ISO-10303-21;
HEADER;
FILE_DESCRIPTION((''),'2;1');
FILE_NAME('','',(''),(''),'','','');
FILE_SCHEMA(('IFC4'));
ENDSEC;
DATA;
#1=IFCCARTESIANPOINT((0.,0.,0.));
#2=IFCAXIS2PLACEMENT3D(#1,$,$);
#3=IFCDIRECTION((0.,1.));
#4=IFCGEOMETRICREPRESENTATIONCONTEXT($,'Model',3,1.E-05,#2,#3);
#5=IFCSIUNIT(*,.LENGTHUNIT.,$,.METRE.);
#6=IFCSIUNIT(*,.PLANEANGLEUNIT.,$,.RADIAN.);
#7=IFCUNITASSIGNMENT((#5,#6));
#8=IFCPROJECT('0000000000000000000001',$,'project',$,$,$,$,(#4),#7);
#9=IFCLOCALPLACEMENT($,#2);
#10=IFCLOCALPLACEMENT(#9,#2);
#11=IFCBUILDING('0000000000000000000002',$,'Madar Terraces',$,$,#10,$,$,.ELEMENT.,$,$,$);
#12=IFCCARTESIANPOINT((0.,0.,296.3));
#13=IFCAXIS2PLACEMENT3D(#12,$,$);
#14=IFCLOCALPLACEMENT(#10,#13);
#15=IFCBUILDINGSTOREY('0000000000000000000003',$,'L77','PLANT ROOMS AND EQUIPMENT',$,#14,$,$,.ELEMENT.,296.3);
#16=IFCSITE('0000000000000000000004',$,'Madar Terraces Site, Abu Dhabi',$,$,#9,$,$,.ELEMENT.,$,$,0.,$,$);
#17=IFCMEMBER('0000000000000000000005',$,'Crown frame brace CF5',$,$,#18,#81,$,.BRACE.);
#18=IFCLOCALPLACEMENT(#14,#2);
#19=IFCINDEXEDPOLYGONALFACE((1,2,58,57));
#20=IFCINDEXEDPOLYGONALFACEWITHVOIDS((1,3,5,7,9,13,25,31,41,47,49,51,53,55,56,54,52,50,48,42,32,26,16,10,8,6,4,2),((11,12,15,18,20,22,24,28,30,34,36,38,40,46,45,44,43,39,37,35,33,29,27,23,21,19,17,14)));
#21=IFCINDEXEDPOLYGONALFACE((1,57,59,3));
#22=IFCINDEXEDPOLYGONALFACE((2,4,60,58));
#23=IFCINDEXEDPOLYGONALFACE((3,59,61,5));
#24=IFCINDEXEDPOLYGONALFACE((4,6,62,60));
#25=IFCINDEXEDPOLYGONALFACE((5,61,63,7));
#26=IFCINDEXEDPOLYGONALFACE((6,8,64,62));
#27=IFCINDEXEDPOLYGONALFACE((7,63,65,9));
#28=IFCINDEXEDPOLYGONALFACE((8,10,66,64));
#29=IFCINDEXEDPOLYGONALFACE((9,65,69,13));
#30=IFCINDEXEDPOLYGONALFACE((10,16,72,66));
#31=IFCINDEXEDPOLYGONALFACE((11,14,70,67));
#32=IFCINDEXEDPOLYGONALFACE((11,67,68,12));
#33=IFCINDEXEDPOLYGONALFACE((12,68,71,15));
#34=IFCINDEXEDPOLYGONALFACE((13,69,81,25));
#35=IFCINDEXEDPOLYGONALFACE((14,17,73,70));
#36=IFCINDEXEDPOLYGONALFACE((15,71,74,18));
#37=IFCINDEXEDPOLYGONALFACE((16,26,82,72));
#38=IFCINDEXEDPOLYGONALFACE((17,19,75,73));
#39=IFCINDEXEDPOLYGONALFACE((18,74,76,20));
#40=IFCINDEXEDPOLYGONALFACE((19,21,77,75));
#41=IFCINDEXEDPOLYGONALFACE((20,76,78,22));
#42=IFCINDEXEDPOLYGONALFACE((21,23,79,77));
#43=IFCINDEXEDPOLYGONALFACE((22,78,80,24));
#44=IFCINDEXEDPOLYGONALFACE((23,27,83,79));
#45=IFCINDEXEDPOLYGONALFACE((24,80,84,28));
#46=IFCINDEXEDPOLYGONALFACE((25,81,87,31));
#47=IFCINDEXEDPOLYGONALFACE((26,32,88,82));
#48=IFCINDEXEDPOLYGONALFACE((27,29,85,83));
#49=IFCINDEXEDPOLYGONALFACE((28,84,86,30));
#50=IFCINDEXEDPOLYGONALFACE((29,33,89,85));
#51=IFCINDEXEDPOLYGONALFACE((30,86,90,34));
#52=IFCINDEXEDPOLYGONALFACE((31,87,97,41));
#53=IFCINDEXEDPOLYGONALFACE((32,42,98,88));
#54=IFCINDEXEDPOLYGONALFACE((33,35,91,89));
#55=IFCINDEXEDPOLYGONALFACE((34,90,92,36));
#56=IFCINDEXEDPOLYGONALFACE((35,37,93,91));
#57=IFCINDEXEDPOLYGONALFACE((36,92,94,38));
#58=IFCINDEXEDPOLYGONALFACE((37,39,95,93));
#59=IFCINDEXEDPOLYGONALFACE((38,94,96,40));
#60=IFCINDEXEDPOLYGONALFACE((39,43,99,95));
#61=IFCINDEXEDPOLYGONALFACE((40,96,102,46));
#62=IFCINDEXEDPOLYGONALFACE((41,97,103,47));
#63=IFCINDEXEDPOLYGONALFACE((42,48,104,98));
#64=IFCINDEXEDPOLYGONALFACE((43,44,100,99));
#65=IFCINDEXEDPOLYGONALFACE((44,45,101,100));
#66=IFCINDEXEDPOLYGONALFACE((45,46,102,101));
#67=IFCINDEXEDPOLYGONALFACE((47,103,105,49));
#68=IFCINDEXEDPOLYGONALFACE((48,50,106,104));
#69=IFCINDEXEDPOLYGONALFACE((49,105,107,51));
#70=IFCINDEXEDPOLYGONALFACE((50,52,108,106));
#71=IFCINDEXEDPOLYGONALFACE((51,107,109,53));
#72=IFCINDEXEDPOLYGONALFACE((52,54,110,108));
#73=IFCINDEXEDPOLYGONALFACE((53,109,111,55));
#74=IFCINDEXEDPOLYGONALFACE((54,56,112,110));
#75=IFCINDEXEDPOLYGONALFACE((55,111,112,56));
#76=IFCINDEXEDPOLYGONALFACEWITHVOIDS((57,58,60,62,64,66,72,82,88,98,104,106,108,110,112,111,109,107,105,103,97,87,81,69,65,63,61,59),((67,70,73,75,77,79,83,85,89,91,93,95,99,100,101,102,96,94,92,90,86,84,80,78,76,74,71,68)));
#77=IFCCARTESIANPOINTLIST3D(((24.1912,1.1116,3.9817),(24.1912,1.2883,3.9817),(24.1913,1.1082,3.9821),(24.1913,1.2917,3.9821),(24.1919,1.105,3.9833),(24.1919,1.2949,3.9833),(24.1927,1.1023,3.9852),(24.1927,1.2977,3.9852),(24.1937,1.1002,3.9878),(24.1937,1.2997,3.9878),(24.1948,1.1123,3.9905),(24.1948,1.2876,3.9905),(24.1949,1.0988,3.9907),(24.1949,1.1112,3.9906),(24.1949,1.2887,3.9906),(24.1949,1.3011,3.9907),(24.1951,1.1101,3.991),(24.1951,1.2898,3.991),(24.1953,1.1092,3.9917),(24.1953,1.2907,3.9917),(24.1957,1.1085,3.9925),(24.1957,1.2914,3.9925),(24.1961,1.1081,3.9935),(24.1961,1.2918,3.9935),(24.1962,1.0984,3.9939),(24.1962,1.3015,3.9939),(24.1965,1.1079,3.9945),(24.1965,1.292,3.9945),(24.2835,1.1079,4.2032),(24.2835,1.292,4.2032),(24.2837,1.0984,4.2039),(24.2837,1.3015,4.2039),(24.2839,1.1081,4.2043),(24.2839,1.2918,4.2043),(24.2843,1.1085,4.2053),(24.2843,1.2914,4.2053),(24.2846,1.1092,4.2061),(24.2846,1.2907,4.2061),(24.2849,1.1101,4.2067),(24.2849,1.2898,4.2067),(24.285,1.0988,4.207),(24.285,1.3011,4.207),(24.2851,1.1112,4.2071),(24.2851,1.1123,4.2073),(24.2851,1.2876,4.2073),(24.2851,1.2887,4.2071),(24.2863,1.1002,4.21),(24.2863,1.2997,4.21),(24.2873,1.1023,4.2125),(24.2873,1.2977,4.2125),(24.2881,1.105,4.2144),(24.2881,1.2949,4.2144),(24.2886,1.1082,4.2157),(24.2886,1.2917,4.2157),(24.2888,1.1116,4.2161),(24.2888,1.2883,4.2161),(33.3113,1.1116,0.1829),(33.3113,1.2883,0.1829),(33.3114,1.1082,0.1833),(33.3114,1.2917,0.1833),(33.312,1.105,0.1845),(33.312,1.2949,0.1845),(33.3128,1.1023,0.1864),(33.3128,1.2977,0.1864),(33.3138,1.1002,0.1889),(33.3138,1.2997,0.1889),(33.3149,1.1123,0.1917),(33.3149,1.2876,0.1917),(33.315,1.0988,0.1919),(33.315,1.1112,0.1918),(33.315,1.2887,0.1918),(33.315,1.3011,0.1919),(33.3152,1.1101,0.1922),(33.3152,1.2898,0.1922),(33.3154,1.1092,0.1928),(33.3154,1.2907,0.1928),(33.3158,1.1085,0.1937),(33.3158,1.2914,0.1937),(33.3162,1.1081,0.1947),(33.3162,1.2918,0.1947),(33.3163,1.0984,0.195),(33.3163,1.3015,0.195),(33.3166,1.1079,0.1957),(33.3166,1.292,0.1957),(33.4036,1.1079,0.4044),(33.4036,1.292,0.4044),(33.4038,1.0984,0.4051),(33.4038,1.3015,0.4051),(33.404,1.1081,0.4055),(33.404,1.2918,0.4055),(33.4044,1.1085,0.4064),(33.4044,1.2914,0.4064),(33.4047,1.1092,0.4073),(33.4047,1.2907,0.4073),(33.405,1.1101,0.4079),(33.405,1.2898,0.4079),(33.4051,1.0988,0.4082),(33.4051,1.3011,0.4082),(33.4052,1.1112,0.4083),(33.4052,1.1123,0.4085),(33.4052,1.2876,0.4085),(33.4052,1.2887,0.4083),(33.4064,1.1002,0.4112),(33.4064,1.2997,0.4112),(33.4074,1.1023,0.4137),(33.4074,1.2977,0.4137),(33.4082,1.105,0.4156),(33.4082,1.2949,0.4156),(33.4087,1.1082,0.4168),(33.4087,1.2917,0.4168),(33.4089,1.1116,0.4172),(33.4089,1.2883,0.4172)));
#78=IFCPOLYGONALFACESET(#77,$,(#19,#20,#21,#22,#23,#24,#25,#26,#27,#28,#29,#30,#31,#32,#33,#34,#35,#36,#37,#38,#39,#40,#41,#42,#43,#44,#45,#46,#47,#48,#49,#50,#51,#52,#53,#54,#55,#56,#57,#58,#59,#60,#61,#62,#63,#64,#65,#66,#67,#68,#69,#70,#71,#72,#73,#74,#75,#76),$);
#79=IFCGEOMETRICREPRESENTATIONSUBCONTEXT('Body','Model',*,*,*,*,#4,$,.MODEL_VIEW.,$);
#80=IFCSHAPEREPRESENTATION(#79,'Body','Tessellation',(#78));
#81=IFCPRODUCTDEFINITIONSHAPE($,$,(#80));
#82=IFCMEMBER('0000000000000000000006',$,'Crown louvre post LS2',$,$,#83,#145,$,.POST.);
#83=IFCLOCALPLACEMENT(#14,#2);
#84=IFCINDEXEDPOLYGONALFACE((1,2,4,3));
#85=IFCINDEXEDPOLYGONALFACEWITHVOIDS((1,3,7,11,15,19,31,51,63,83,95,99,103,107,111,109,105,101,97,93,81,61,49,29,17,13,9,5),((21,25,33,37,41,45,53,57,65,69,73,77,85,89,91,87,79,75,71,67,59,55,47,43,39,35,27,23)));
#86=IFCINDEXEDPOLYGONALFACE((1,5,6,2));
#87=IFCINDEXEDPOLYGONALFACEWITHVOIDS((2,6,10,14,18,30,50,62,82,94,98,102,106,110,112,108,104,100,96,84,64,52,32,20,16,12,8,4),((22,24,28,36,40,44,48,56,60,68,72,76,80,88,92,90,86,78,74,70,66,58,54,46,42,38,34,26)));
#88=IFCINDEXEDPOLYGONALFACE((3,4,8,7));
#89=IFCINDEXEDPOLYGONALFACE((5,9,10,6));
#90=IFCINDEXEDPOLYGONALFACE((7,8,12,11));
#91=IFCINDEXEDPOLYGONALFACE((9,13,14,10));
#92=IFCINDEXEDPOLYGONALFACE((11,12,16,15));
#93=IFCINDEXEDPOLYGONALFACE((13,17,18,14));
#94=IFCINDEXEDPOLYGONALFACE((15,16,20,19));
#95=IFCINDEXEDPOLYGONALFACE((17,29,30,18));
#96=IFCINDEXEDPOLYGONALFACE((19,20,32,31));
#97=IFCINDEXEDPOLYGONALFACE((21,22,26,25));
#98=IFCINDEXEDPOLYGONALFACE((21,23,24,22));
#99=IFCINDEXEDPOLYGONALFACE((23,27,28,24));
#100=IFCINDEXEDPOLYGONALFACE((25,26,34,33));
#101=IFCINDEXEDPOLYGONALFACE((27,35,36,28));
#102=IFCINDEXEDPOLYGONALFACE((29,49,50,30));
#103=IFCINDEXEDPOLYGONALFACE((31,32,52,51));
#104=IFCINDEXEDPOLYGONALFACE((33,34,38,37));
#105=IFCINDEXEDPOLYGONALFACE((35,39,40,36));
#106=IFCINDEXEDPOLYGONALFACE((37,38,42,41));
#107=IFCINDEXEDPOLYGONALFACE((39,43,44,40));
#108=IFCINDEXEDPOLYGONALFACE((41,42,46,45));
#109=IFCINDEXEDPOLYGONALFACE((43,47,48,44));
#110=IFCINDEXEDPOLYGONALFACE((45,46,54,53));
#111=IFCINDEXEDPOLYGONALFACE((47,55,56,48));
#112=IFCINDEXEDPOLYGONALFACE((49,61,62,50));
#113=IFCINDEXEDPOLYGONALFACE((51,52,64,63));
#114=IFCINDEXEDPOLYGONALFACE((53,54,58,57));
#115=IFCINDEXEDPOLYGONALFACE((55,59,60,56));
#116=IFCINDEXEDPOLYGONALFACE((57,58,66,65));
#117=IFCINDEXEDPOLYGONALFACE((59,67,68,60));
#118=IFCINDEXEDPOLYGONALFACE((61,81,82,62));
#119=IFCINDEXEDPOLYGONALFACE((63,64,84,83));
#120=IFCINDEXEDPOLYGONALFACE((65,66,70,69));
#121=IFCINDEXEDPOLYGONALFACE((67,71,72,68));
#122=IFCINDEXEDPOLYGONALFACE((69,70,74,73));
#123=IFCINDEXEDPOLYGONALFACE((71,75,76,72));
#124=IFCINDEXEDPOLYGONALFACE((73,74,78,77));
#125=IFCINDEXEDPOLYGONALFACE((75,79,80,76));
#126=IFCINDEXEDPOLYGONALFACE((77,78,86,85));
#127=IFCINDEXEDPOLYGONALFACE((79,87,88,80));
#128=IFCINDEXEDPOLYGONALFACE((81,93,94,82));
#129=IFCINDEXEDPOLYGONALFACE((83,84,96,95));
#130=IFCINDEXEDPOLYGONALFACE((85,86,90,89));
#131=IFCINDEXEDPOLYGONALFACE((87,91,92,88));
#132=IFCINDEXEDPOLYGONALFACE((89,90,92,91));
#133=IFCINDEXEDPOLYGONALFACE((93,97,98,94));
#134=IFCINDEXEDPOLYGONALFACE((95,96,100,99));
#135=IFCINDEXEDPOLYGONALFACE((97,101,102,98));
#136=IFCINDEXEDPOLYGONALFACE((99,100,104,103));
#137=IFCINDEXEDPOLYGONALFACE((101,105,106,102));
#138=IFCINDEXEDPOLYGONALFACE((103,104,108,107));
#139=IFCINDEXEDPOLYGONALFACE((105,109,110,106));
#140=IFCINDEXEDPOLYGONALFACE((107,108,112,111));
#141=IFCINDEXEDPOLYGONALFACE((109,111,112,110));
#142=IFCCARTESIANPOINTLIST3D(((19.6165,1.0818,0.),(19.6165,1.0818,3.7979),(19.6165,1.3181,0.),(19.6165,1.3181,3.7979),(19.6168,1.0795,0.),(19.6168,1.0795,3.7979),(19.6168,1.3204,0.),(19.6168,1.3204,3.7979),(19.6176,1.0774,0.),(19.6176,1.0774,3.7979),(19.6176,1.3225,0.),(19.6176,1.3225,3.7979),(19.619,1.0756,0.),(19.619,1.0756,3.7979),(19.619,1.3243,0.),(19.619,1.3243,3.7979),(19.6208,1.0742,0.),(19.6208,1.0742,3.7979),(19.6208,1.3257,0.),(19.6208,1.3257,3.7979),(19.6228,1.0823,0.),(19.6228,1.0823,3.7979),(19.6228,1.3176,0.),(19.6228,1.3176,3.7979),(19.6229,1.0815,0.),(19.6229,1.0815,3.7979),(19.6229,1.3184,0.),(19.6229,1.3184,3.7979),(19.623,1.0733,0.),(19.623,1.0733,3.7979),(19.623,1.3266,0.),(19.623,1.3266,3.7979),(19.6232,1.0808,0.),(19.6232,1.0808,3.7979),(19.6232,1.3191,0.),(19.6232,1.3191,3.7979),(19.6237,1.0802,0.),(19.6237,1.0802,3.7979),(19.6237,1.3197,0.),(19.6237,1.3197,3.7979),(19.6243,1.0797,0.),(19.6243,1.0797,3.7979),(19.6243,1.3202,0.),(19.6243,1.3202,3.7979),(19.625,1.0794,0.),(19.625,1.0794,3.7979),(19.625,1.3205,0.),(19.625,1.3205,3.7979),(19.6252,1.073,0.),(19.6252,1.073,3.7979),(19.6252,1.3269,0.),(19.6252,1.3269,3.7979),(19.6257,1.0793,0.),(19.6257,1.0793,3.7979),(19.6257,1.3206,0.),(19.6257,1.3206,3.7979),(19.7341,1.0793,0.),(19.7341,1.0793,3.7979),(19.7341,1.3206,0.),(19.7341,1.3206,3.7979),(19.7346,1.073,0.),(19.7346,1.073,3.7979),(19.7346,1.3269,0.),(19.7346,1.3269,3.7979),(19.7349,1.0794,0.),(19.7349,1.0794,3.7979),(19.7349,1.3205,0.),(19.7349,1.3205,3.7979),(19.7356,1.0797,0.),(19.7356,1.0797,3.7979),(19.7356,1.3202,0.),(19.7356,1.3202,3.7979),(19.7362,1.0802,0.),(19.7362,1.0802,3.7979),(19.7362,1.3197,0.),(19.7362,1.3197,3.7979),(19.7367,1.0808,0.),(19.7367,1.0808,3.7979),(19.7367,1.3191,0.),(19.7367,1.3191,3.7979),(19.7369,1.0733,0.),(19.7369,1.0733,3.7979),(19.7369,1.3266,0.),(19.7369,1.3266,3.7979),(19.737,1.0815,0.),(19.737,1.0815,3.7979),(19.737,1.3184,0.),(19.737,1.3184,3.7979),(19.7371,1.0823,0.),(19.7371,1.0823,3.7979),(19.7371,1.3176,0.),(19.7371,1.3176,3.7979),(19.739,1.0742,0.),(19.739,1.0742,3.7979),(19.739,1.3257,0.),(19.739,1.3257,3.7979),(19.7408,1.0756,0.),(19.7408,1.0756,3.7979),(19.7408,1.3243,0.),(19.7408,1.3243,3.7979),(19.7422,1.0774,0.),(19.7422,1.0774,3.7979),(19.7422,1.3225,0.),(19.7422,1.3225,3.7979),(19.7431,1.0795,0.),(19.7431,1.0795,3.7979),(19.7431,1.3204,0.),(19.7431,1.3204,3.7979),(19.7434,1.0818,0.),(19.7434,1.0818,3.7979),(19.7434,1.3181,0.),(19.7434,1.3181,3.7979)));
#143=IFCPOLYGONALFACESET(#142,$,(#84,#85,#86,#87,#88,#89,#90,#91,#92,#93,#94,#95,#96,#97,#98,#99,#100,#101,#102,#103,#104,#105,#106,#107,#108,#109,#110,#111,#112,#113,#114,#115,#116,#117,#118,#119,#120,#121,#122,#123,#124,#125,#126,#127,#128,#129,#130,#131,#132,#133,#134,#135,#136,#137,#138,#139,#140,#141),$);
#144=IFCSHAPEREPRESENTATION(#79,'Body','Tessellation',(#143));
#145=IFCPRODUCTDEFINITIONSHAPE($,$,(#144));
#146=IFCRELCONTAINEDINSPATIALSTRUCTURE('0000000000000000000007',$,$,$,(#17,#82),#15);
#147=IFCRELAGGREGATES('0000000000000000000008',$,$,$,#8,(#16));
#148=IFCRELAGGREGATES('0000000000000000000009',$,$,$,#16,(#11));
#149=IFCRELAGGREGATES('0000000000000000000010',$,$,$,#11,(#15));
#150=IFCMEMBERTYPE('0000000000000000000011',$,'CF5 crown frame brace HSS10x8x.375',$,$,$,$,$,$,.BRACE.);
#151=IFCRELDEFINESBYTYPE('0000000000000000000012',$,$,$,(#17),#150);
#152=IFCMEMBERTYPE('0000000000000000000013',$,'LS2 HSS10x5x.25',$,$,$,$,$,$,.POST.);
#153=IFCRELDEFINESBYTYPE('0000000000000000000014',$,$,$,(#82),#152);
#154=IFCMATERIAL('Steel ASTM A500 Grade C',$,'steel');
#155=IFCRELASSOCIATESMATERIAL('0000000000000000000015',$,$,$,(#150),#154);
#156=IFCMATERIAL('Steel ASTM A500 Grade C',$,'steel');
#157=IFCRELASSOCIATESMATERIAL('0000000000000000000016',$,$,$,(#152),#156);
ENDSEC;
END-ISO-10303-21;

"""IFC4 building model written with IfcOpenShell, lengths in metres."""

from ifc_helpers import new_model, si_unit, direction, frame, origin, origin_2d, place, context, subcontext, project, spatial, hollow_rectangle, extrude, material, material_profile, profile_set, type_object, element, save


model = new_model("IFC4")

# Units and contexts
model_context = context("Model", 3, precision=1e-05, world=origin(), true_north=direction((0.0, 1.0)))
body_context = subcontext(model_context, "Body", "Model", "MODEL_VIEW")
ifc_project = project(units=[si_unit("LENGTHUNIT", "METRE"), si_unit("PLANEANGLEUNIT", "RADIAN")], contexts=[model_context])

# Site, building, storey
site_placement = place(None, origin())
site = spatial("IfcSite", under=ifc_project, at=site_placement, Name="Madar Terraces Site, Abu Dhabi", CompositionType="ELEMENT", RefElevation=0.0)
building_placement = place(site_placement, origin())
building = spatial("IfcBuilding", under=site, at=building_placement, Name="Madar Terraces", CompositionType="ELEMENT")
storey_placement = place(building_placement, frame((0.0, 0.0, 296.3)))
storey = spatial("IfcBuildingStorey", under=building, at=storey_placement, Name="L77", Description="PLANT ROOMS AND EQUIPMENT", CompositionType="ELEMENT", Elevation=296.3)

# Members
ifc_material_1 = material(Name="Steel ASTM A500 Grade C", Category="steel")
ifc_material_profile_1 = material_profile(ifc_material_1, hollow_rectangle(XDim=0.2031, YDim=0.2539, WallThickness=0.0095, InnerFilletRadius=0.0044, OuterFilletRadius=0.0132, at=origin_2d()), Name="HSS10x8x.375")
ifc_profile_set_1 = profile_set([ifc_material_profile_1], Name="Steel ASTM A500 Grade C")
member_type_1 = type_object("IfcMemberType", Name="CF5 crown frame brace HSS10x8x.375", PredefinedType="BRACE", material=ifc_profile_set_1)
member_1_placement = place(storey_placement, frame((24.24, 1.2, 4.0989), z_axis=(0.923121, 0.0, -0.38451), x_axis=(0.0, 1.0, 0.0)))
element("IfcMember", 1, at=member_1_placement, inside=storey, type_object=member_type_1, Name="Crown frame brace CF5", PredefinedType="BRACE", context=body_context, shape_type="SweptSolid", body=[
    extrude(hollow_rectangle(XDim=0.2031, YDim=0.2539, WallThickness=0.0095, InnerFilletRadius=0.0044, OuterFilletRadius=0.0132, at=origin_2d()), origin(), (0.0, 0.0, 1.0), 9.8796),
])
ifc_material_2 = material(Name="Steel ASTM A500 Grade C", Category="steel")
ifc_material_profile_2 = material_profile(ifc_material_2, hollow_rectangle(XDim=0.127, YDim=0.2539, WallThickness=0.0063, InnerFilletRadius=0.0029, OuterFilletRadius=0.0088, at=origin_2d()), Name="HSS10x5x.25")
ifc_profile_set_2 = profile_set([ifc_material_profile_2], Name="Steel ASTM A500 Grade C")
member_type_2 = type_object("IfcMemberType", Name="LS2 HSS10x5x.25", PredefinedType="POST", material=ifc_profile_set_2)
member_2_placement = place(storey_placement, frame((19.6799, 1.2, 0.0), z_axis=(0.0, 0.0, 1.0), x_axis=(1.0, 0.0, 0.0)))
element("IfcMember", 2, at=member_2_placement, inside=storey, type_object=member_type_2, Name="Crown louvre post LS2", PredefinedType="POST", context=body_context, shape_type="SweptSolid", body=[
    extrude(hollow_rectangle(XDim=0.127, YDim=0.2539, WallThickness=0.0063, InnerFilletRadius=0.0029, OuterFilletRadius=0.0088, at=origin_2d()), origin(), (0.0, 0.0, 1.0), 3.7979),
])

save(model, "model.ifc")
